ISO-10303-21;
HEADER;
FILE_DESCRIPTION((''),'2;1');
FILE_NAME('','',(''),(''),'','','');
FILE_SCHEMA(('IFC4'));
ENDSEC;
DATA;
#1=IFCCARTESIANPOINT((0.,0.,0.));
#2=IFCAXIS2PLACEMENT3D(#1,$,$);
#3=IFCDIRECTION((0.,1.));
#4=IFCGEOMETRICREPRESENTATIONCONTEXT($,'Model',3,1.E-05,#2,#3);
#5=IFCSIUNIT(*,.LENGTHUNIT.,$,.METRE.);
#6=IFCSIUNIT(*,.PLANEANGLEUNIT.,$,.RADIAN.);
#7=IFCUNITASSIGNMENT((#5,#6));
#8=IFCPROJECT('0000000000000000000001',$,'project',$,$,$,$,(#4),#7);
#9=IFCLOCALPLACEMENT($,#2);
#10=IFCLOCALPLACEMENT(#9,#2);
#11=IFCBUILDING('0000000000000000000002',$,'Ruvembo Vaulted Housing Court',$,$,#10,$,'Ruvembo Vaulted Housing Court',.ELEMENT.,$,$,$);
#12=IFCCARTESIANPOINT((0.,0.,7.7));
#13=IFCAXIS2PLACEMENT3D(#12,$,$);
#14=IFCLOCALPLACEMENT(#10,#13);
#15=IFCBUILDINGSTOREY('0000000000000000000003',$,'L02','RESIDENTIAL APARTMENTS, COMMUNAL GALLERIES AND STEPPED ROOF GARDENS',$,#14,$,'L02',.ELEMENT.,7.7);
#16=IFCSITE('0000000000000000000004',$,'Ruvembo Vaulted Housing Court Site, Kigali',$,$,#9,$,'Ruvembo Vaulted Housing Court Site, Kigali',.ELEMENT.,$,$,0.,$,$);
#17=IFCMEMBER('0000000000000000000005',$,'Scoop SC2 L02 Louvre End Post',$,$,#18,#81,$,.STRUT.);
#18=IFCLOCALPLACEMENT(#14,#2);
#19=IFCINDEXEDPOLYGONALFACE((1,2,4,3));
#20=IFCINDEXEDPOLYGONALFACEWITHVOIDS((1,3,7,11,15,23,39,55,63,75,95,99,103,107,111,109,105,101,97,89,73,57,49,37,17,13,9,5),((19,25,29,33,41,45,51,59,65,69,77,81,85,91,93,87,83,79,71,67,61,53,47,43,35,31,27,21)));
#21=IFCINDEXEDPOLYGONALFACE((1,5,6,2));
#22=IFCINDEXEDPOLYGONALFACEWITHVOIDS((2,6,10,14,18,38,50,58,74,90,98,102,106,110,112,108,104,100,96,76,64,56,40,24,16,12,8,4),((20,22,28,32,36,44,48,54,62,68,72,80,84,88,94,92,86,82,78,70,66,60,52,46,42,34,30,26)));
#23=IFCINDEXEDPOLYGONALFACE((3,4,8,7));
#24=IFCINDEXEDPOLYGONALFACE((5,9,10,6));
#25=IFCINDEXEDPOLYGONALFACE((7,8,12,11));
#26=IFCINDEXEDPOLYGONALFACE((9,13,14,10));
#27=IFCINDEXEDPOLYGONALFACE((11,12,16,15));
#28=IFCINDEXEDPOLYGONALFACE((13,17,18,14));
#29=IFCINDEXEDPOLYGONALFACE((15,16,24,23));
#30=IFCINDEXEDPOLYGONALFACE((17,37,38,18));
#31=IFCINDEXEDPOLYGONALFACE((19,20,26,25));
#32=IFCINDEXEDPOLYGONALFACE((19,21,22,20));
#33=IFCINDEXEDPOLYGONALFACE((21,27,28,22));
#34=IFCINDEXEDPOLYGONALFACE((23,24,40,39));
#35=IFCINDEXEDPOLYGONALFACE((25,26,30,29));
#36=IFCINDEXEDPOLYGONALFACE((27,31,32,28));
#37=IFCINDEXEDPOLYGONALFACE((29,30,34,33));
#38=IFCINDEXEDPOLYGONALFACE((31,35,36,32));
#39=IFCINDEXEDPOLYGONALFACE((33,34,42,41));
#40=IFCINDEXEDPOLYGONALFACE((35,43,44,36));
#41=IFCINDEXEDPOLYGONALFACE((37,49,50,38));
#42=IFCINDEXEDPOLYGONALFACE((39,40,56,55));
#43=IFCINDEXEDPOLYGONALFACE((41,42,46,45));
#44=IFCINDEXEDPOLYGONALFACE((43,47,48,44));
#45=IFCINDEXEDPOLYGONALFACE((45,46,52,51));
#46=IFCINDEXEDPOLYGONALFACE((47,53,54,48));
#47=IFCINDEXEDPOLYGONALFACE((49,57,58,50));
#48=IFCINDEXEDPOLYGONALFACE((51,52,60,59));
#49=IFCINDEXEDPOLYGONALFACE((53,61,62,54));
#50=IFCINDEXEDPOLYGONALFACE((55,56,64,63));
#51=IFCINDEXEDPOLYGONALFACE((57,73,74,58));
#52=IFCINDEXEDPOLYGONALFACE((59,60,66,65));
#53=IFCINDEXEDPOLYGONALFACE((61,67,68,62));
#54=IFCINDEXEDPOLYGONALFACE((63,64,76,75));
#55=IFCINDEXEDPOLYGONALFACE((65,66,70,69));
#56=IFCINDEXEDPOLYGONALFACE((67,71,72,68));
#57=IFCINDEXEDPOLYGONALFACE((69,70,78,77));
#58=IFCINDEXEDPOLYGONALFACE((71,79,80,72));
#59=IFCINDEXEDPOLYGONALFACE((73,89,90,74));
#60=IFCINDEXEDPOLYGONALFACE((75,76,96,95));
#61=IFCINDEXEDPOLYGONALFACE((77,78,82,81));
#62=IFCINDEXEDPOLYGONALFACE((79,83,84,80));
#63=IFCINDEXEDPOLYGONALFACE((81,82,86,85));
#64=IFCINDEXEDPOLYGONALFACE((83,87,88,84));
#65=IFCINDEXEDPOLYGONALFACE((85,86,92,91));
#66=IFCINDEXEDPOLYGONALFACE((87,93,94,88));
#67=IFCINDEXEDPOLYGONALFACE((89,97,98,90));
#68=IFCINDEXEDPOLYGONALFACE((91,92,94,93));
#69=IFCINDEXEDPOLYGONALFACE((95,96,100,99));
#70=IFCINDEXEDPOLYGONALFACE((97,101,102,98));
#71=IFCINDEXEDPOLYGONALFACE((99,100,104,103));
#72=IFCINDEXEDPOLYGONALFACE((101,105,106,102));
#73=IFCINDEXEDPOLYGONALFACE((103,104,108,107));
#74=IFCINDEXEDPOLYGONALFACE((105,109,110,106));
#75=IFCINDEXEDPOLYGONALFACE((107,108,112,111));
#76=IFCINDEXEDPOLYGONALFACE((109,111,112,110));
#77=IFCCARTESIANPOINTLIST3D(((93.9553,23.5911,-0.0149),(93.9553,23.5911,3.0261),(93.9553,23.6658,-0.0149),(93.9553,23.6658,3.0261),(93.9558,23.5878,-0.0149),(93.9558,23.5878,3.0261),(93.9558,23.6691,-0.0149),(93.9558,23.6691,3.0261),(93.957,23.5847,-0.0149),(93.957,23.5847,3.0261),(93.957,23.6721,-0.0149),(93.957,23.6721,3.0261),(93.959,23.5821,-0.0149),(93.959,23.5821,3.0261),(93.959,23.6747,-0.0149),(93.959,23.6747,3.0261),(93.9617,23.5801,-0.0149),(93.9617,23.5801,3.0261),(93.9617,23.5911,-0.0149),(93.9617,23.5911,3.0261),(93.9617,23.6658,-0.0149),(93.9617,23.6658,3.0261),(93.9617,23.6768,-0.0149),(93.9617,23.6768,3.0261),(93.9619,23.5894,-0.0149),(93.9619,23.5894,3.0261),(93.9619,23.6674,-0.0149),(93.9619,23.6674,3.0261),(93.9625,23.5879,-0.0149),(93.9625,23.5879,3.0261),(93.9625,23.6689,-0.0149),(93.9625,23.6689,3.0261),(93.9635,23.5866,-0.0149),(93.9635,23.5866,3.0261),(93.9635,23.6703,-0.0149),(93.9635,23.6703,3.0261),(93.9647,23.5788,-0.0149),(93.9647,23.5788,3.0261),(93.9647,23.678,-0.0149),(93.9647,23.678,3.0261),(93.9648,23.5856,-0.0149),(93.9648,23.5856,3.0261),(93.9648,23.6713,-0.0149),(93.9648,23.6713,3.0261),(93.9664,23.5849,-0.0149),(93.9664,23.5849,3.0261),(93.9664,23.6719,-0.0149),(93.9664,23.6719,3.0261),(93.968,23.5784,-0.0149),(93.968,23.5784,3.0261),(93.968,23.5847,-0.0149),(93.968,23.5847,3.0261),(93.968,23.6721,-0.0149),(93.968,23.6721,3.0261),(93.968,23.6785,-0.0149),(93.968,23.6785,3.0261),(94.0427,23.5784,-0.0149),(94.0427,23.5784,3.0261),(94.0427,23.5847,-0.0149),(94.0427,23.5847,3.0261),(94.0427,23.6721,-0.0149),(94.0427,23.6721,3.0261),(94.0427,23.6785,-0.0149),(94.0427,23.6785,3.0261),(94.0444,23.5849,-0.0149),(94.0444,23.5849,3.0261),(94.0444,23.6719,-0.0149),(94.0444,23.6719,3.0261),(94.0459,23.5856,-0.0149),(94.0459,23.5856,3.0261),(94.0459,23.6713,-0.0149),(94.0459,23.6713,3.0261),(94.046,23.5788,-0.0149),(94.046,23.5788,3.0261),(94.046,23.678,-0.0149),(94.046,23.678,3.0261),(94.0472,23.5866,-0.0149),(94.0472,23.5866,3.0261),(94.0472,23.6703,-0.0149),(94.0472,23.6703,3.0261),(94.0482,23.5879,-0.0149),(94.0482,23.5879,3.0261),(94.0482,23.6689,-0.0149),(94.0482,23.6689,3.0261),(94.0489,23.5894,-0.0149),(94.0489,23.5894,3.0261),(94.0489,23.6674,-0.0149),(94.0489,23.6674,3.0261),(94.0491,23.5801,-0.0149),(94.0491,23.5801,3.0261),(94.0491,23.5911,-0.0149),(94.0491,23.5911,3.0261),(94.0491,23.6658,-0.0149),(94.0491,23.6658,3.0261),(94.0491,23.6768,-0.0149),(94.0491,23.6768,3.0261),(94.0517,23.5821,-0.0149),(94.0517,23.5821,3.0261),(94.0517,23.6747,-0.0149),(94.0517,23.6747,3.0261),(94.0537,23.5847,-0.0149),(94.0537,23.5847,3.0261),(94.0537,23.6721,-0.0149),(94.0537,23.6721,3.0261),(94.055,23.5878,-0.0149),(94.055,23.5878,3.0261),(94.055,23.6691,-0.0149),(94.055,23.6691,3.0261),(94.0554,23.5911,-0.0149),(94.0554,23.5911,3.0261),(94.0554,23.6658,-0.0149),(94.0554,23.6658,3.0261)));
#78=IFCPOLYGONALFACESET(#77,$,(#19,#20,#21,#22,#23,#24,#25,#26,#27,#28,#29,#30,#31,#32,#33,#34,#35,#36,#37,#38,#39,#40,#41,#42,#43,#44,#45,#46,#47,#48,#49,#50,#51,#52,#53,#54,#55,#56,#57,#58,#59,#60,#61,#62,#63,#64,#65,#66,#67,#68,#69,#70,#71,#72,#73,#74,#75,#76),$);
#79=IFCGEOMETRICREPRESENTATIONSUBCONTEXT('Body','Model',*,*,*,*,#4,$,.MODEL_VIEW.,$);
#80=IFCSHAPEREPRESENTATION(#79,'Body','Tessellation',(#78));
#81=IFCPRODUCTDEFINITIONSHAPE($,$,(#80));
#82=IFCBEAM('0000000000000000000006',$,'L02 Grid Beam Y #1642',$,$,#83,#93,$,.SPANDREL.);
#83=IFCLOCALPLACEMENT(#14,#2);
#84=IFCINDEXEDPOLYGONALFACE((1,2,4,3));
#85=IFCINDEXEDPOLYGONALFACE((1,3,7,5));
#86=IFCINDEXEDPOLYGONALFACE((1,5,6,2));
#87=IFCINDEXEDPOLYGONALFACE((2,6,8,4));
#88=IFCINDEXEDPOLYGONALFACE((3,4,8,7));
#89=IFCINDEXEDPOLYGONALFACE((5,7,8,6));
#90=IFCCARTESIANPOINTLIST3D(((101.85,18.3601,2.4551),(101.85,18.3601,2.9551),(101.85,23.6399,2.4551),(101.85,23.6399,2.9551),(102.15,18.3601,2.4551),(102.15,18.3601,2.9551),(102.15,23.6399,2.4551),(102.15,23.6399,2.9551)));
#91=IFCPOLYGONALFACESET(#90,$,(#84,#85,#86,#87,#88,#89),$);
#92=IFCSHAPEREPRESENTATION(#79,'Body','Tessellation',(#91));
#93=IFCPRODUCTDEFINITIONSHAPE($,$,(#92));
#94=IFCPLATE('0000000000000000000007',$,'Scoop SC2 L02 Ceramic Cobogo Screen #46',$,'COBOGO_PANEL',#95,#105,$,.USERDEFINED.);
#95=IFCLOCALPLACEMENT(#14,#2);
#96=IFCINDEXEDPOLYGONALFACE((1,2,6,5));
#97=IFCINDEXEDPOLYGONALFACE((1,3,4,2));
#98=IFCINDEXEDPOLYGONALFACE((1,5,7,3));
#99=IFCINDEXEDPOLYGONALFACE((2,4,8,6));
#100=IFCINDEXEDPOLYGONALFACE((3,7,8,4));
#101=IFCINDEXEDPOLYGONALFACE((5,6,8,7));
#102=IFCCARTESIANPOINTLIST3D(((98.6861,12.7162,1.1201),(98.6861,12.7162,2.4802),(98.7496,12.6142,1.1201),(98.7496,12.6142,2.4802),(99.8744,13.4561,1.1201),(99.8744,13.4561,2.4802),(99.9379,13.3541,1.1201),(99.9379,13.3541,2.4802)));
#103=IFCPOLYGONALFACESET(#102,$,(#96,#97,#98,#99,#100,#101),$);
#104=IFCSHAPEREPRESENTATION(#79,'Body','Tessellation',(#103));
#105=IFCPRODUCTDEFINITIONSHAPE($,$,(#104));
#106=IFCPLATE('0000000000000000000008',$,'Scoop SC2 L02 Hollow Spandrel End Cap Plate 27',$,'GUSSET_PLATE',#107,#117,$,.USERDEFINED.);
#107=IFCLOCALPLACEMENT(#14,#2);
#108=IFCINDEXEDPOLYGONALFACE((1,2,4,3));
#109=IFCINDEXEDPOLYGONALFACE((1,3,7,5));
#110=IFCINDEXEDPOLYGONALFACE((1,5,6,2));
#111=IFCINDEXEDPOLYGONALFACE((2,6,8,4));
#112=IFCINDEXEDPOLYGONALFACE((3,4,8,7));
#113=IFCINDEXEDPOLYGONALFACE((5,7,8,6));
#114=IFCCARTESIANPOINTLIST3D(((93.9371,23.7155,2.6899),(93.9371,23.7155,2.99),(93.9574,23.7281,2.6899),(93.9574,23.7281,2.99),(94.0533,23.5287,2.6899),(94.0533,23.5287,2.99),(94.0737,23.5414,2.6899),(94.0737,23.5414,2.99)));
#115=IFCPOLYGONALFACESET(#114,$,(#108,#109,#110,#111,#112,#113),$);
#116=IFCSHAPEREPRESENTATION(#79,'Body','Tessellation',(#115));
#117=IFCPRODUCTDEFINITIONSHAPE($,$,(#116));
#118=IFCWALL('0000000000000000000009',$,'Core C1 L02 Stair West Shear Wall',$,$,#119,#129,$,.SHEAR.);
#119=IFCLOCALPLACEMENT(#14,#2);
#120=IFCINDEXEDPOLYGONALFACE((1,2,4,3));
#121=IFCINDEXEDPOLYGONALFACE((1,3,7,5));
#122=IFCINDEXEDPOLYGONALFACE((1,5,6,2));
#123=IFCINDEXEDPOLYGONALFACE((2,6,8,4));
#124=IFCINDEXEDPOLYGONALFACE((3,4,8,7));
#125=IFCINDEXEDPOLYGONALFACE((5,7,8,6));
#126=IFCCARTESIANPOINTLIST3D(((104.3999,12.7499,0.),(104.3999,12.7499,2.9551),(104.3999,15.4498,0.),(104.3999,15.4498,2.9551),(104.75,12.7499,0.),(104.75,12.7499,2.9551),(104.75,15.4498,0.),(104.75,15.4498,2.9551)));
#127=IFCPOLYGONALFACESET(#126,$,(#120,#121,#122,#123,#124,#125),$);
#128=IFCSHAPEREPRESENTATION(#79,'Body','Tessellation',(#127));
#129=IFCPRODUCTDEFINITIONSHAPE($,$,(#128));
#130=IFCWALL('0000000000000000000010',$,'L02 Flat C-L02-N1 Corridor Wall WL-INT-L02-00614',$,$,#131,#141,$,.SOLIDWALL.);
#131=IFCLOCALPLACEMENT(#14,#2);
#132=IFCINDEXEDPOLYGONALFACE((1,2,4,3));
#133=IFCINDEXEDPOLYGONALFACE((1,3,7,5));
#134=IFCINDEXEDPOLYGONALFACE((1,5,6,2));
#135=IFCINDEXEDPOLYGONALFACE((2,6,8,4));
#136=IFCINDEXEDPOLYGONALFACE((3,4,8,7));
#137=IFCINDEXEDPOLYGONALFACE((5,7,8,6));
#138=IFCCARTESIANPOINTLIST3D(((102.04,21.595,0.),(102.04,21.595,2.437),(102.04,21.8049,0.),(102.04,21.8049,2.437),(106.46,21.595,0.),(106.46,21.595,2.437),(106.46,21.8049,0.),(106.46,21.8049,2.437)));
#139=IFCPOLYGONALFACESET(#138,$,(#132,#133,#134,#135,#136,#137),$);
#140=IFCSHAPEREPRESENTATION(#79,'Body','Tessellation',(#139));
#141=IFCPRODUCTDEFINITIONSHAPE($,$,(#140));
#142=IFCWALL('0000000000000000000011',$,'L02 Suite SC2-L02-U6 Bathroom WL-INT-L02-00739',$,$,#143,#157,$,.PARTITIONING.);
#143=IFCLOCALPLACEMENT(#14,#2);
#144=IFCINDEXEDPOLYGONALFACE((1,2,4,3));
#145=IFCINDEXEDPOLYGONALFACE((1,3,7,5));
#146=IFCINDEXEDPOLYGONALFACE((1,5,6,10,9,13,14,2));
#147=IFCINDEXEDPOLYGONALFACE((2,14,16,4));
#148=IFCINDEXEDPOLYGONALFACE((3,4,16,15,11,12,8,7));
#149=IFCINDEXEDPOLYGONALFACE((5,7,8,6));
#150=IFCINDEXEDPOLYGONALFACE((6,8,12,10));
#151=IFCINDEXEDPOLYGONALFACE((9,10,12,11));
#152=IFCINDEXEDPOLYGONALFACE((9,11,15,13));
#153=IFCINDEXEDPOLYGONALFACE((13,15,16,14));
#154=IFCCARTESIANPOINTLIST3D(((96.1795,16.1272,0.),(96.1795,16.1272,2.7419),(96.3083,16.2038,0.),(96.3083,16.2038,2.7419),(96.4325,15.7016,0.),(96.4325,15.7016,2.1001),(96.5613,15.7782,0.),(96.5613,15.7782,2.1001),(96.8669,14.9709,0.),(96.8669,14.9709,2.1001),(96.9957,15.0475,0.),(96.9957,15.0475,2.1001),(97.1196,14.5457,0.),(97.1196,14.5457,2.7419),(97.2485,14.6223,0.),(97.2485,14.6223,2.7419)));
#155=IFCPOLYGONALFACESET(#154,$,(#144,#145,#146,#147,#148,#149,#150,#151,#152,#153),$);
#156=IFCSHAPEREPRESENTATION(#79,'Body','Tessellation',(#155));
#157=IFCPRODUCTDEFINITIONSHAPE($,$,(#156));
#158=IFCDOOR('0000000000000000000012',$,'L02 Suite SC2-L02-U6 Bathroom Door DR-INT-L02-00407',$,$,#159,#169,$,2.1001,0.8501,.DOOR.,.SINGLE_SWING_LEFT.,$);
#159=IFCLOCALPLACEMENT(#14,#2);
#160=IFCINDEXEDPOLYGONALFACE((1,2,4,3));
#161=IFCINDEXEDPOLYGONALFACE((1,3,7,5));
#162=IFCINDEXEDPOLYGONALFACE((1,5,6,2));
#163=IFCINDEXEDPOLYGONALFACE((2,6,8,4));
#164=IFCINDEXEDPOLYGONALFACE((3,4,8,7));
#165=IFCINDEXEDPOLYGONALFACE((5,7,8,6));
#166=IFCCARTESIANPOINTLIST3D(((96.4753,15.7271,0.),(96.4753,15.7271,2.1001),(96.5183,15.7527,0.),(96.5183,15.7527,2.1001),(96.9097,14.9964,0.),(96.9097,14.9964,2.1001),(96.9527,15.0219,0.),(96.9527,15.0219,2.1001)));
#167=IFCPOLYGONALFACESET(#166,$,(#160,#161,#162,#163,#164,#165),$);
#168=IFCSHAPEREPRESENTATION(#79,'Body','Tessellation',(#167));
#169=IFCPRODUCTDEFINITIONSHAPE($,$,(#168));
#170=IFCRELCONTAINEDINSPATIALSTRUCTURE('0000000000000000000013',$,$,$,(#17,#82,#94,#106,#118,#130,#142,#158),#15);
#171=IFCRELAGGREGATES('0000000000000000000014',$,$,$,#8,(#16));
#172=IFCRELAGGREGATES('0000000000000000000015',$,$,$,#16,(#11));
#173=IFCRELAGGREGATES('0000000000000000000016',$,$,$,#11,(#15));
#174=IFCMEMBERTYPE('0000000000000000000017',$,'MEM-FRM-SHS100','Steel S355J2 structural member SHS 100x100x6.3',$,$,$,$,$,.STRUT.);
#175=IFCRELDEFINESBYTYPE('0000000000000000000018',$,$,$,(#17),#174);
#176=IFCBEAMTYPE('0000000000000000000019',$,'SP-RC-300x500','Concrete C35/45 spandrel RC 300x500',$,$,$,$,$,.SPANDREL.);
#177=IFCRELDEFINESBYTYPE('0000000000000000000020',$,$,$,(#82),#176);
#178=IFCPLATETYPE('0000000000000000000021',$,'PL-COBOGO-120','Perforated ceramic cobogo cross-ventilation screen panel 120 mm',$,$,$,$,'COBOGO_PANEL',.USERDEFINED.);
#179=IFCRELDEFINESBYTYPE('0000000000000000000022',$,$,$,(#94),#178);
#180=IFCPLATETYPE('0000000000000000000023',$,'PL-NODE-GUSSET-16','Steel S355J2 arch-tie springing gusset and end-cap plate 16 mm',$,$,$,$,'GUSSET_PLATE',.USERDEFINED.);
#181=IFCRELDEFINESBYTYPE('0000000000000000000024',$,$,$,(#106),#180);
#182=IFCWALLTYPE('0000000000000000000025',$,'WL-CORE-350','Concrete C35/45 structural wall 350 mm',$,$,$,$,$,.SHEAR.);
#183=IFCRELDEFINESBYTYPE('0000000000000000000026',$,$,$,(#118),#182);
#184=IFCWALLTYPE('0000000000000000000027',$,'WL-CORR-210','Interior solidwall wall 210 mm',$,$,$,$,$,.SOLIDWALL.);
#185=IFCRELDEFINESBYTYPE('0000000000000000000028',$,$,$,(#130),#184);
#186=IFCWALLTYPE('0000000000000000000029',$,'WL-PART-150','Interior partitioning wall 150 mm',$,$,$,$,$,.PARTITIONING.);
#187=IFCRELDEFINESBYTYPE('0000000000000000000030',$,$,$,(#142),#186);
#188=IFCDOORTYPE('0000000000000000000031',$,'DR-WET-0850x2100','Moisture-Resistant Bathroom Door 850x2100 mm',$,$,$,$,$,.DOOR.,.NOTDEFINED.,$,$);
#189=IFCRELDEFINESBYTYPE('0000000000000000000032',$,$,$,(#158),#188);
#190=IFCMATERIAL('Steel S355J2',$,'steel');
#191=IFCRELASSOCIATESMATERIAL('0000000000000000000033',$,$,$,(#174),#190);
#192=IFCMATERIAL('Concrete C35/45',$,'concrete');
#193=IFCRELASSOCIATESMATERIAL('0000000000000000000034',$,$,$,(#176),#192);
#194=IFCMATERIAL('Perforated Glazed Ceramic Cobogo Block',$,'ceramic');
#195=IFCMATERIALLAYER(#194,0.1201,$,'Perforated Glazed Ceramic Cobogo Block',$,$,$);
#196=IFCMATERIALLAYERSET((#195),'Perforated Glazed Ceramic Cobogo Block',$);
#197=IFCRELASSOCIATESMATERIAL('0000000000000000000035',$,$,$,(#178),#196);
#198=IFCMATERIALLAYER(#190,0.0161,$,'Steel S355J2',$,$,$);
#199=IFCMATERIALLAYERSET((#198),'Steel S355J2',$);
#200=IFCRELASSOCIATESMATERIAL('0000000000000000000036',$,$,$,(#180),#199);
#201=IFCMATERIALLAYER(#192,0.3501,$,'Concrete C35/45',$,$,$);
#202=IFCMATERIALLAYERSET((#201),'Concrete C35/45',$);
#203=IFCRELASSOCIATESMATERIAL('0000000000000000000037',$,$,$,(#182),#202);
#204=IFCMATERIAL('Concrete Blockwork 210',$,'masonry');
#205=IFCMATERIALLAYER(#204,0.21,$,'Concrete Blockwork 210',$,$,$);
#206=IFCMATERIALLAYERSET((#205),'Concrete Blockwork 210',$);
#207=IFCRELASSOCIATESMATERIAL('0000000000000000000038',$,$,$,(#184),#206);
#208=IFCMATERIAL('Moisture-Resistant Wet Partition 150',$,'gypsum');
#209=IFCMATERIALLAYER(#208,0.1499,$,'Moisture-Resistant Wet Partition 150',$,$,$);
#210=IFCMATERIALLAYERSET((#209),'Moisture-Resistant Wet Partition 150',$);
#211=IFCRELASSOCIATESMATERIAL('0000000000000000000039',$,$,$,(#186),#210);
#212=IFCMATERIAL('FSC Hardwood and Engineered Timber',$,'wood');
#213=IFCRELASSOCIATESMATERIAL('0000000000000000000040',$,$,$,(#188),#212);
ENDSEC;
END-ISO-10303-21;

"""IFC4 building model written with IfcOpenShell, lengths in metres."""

from ifc_helpers import new_model, si_unit, direction, frame, frame_2d, origin, origin_2d, place, context, subcontext, project, spatial, rectangle, hollow_rectangle, extrude, material, layer, layer_set, material_profile, profile_set, type_object, element, fill, save


model = new_model("IFC4")

# Units and contexts
model_context = context("Model", 3, precision=1e-05, world=origin(), true_north=direction((0.0, 1.0)))
body_context = subcontext(model_context, "Body", "Model", "MODEL_VIEW")
ifc_project = project(units=[si_unit("LENGTHUNIT", "METRE"), si_unit("PLANEANGLEUNIT", "RADIAN")], contexts=[model_context])

# Site, building, storey
site_placement = place(None, origin())
site = spatial("IfcSite", under=ifc_project, at=site_placement, Name="Ruvembo Vaulted Housing Court Site, Kigali", LongName="Ruvembo Vaulted Housing Court Site, Kigali", CompositionType="ELEMENT", RefElevation=0.0)
building_placement = place(site_placement, origin())
building = spatial("IfcBuilding", under=site, at=building_placement, Name="Ruvembo Vaulted Housing Court", LongName="Ruvembo Vaulted Housing Court", CompositionType="ELEMENT")
storey_placement = place(building_placement, frame((0.0, 0.0, 7.7)))
storey = spatial("IfcBuildingStorey", under=building, at=storey_placement, Name="L02", Description="RESIDENTIAL APARTMENTS, COMMUNAL GALLERIES AND STEPPED ROOF GARDENS", LongName="L02", CompositionType="ELEMENT", Elevation=7.7)

# Shared definitions
ifc_material_1 = material(Name="Steel S355J2", Category="steel")

# Member
ifc_material_profile_1 = material_profile(ifc_material_1, hollow_rectangle(XDim=0.1001, YDim=0.1001, WallThickness=0.0063, InnerFilletRadius=0.0063, OuterFilletRadius=0.0127, at=origin_2d()), Name="SHS 100x100x6.3")
ifc_profile_set_1 = profile_set([ifc_material_profile_1], Name="Steel S355J2")
member_type = type_object("IfcMemberType", Name="MEM-FRM-SHS100", Description="Steel S355J2 structural member SHS 100x100x6.3", PredefinedType="STRUT", material=ifc_profile_set_1)
member_placement = place(storey_placement, frame((94.0054, 23.6284, -0.0149), z_axis=(0.0, 0.0, 1.0), x_axis=(1.0, 0.0, 0.0)))
element("IfcMember", 1, at=member_placement, inside=storey, type_object=member_type, Name="Scoop SC2 L02 Louvre End Post", PredefinedType="STRUT", context=body_context, shape_type="SweptSolid", body=[
    extrude(hollow_rectangle(XDim=0.1001, YDim=0.1001, WallThickness=0.0063, InnerFilletRadius=0.0063, OuterFilletRadius=0.0127, at=origin_2d()), origin(), (0.0, 0.0, 1.0), 3.041),
])

# Beam
ifc_material_2 = material(Name="Concrete C35/45", Category="concrete")
ifc_material_profile_2 = material_profile(ifc_material_2, rectangle(XDim=0.3, YDim=0.5, at=origin_2d()), Name="RC 300x500")
ifc_profile_set_2 = profile_set([ifc_material_profile_2], Name="Concrete C35/45")
beam_type_1 = type_object("IfcBeamType", Name="SP-RC-300x500", Description="Concrete C35/45 spandrel RC 300x500", PredefinedType="SPANDREL", material=ifc_profile_set_2)
beam_1_placement = place(storey_placement, frame((102.0, 18.3601, 2.7051), z_axis=(0.0, 1.0, 0.0), x_axis=(-1.0, 0.0, 0.0)))
element("IfcBeam", 2, at=beam_1_placement, inside=storey, type_object=beam_type_1, Name="L02 Grid Beam Y #1642", PredefinedType="SPANDREL", context=body_context, shape_type="SweptSolid", body=[
    extrude(rectangle(XDim=0.3, YDim=0.5, at=origin_2d()), origin(), (0.0, 0.0, 1.0), 5.2798),
])

# Plates
ifc_material_3 = material(Name="Perforated Glazed Ceramic Cobogo Block", Category="ceramic")
ifc_layer_1 = layer(ifc_material_3, 0.1201, Name="Perforated Glazed Ceramic Cobogo Block")
ifc_layer_set_1 = layer_set([ifc_layer_1], Name="Perforated Glazed Ceramic Cobogo Block")
plate_type_1 = type_object("IfcPlateType", Name="PL-COBOGO-120", Description="Perforated ceramic cobogo cross-ventilation screen panel 120 mm", ElementType="COBOGO_PANEL", PredefinedType="USERDEFINED", material=ifc_layer_set_1)
plate_1_placement = place(storey_placement, frame((99.312, 13.0352, 1.1201), z_axis=(0.0, 0.0, 1.0), x_axis=(0.848889, 0.528572, 0.0)))
element("IfcPlate", 3, at=plate_1_placement, inside=storey, type_object=plate_type_1, Name="Scoop SC2 L02 Ceramic Cobogo Screen #46", ObjectType="COBOGO_PANEL", PredefinedType="USERDEFINED", context=body_context, shape_type="SweptSolid", body=[
    extrude(rectangle(XDim=1.3999, YDim=0.1201, at=origin_2d()), origin(), (0.0, 0.0, 1.0), 1.3601),
])
ifc_layer_2 = layer(ifc_material_1, 0.0161, Name="Steel S355J2")
ifc_layer_set_2 = layer_set([ifc_layer_2], Name="Steel S355J2")
plate_type_2 = type_object("IfcPlateType", Name="PL-NODE-GUSSET-16", Description="Steel S355J2 arch-tie springing gusset and end-cap plate 16 mm", ElementType="GUSSET_PLATE", PredefinedType="USERDEFINED", material=ifc_layer_set_2)
plate_2_placement = place(storey_placement, frame((94.0054, 23.6284, 2.6899), z_axis=(0.0, 0.0, 1.0), x_axis=(0.848898, 0.528557, 0.0)))
element("IfcPlate", 4, at=plate_2_placement, inside=storey, type_object=plate_type_2, Name="Scoop SC2 L02 Hollow Spandrel End Cap Plate 27", ObjectType="GUSSET_PLATE", PredefinedType="USERDEFINED", context=body_context, shape_type="SweptSolid", body=[
    extrude(rectangle(XDim=0.0239, YDim=0.22, at=origin_2d()), origin(), (0.0, 0.0, 1.0), 0.3),
])

# Shared definitions
ifc_layer_3 = layer(ifc_material_2, 0.3501, Name="Concrete C35/45")
ifc_layer_set_3 = layer_set([ifc_layer_3], Name="Concrete C35/45")
wall_type_1 = type_object("IfcWallType", Name="WL-CORE-350", Description="Concrete C35/45 structural wall 350 mm", PredefinedType="SHEAR", material=ifc_layer_set_3)

# Walls
wall_1_placement = place(storey_placement, frame((104.575, 15.45, 0.0), z_axis=(0.0, 0.0, 1.0), x_axis=(0.0, -1.0, 0.0)))
element("IfcWall", 5, at=wall_1_placement, inside=storey, type_object=wall_type_1, Name="Core C1 L02 Stair West Shear Wall", PredefinedType="SHEAR", context=body_context, shape_type="SweptSolid", body=[
    extrude(rectangle(XDim=2.7, YDim=0.3501, at=frame_2d((1.3501, 0.0))), origin(), (0.0, 0.0, 1.0), 2.9551),
])
ifc_material_4 = material(Name="Concrete Blockwork 210", Category="masonry")
ifc_layer_4 = layer(ifc_material_4, 0.21, Name="Concrete Blockwork 210")
ifc_layer_set_4 = layer_set([ifc_layer_4], Name="Concrete Blockwork 210")
wall_type_2 = type_object("IfcWallType", Name="WL-CORR-210", Description="Interior solidwall wall 210 mm", PredefinedType="SOLIDWALL", material=ifc_layer_set_4)
wall_2_placement = place(storey_placement, frame((102.04, 21.7, 0.0), z_axis=(0.0, 0.0, 1.0), x_axis=(1.0, 0.0, 0.0)))
element("IfcWall", 6, at=wall_2_placement, inside=storey, type_object=wall_type_2, Name="L02 Flat C-L02-N1 Corridor Wall WL-INT-L02-00614", PredefinedType="SOLIDWALL", context=body_context, shape_type="SweptSolid", body=[
    extrude(rectangle(XDim=4.4199, YDim=0.21, at=frame_2d((2.21, 0.0))), origin(), (0.0, 0.0, 1.0), 2.437),
])

# Shared definitions
ifc_material_5 = material(Name="FSC Hardwood and Engineered Timber", Category="wood")

# Wall, opening, door
ifc_material_6 = material(Name="Moisture-Resistant Wet Partition 150", Category="gypsum")
ifc_layer_5 = layer(ifc_material_6, 0.1499, Name="Moisture-Resistant Wet Partition 150")
ifc_layer_set_5 = layer_set([ifc_layer_5], Name="Moisture-Resistant Wet Partition 150")
wall_type_3 = type_object("IfcWallType", Name="WL-PART-150", Description="Interior partitioning wall 150 mm", PredefinedType="PARTITIONING", material=ifc_layer_set_5)
wall_3_placement = place(storey_placement, frame((96.2439, 16.1655, 0.0), z_axis=(0.0, 0.0, 1.0), x_axis=(0.510999, -0.859582, 0.0)))
wall_3 = element("IfcWall", 7, at=wall_3_placement, inside=storey, type_object=wall_type_3, Name="L02 Suite SC2-L02-U6 Bathroom WL-INT-L02-00739", PredefinedType="PARTITIONING", context=body_context, shape_type="SweptSolid", body=[
    extrude(rectangle(XDim=1.8398, YDim=0.1499, at=frame_2d((0.9199, 0.0))), origin(), (0.0, 0.0, 1.0), 2.7419),
])
opening_1_placement = place(wall_3_placement, frame((0.4951, 0.0, 0.0)))
opening_1 = element("IfcOpeningElement", 8, at=opening_1_placement, cuts=wall_3, PredefinedType="OPENING", context=body_context, shape_type="SweptSolid", body=[
    extrude(rectangle(XDim=0.8501, YDim=2.1001, at=frame_2d((0.425, 1.05))), frame((0.0, 0.085, 0.0), z_axis=(0.0, -1.0, 0.0), x_axis=(1.0, 0.0, 0.0)), (0.0, 0.0, 1.0), 0.1699),
])
door_type_1 = type_object("IfcDoorType", Name="DR-WET-0850x2100", Description="Moisture-Resistant Bathroom Door 850x2100 mm", OperationType="NOTDEFINED", PredefinedType="DOOR", material=ifc_material_5)
door_1_placement = place(opening_1_placement, origin())
door_1 = element("IfcDoor", 9, at=door_1_placement, inside=storey, type_object=door_type_1, Name="L02 Suite SC2-L02-U6 Bathroom Door DR-INT-L02-00407", OperationType="SINGLE_SWING_LEFT", OverallHeight=2.1001, OverallWidth=0.8501, PredefinedType="DOOR", context=body_context, shape_type="SweptSolid", body=[
    extrude(rectangle(XDim=0.8501, YDim=2.1001, at=frame_2d((0.425, 1.05))), frame((0.0, 0.0249, 0.0), z_axis=(0.0, -1.0, 0.0), x_axis=(1.0, 0.0, 0.0)), (0.0, 0.0, 1.0), 0.05),
])
fill(opening_1, door_1)

save(model, "model.ifc")
